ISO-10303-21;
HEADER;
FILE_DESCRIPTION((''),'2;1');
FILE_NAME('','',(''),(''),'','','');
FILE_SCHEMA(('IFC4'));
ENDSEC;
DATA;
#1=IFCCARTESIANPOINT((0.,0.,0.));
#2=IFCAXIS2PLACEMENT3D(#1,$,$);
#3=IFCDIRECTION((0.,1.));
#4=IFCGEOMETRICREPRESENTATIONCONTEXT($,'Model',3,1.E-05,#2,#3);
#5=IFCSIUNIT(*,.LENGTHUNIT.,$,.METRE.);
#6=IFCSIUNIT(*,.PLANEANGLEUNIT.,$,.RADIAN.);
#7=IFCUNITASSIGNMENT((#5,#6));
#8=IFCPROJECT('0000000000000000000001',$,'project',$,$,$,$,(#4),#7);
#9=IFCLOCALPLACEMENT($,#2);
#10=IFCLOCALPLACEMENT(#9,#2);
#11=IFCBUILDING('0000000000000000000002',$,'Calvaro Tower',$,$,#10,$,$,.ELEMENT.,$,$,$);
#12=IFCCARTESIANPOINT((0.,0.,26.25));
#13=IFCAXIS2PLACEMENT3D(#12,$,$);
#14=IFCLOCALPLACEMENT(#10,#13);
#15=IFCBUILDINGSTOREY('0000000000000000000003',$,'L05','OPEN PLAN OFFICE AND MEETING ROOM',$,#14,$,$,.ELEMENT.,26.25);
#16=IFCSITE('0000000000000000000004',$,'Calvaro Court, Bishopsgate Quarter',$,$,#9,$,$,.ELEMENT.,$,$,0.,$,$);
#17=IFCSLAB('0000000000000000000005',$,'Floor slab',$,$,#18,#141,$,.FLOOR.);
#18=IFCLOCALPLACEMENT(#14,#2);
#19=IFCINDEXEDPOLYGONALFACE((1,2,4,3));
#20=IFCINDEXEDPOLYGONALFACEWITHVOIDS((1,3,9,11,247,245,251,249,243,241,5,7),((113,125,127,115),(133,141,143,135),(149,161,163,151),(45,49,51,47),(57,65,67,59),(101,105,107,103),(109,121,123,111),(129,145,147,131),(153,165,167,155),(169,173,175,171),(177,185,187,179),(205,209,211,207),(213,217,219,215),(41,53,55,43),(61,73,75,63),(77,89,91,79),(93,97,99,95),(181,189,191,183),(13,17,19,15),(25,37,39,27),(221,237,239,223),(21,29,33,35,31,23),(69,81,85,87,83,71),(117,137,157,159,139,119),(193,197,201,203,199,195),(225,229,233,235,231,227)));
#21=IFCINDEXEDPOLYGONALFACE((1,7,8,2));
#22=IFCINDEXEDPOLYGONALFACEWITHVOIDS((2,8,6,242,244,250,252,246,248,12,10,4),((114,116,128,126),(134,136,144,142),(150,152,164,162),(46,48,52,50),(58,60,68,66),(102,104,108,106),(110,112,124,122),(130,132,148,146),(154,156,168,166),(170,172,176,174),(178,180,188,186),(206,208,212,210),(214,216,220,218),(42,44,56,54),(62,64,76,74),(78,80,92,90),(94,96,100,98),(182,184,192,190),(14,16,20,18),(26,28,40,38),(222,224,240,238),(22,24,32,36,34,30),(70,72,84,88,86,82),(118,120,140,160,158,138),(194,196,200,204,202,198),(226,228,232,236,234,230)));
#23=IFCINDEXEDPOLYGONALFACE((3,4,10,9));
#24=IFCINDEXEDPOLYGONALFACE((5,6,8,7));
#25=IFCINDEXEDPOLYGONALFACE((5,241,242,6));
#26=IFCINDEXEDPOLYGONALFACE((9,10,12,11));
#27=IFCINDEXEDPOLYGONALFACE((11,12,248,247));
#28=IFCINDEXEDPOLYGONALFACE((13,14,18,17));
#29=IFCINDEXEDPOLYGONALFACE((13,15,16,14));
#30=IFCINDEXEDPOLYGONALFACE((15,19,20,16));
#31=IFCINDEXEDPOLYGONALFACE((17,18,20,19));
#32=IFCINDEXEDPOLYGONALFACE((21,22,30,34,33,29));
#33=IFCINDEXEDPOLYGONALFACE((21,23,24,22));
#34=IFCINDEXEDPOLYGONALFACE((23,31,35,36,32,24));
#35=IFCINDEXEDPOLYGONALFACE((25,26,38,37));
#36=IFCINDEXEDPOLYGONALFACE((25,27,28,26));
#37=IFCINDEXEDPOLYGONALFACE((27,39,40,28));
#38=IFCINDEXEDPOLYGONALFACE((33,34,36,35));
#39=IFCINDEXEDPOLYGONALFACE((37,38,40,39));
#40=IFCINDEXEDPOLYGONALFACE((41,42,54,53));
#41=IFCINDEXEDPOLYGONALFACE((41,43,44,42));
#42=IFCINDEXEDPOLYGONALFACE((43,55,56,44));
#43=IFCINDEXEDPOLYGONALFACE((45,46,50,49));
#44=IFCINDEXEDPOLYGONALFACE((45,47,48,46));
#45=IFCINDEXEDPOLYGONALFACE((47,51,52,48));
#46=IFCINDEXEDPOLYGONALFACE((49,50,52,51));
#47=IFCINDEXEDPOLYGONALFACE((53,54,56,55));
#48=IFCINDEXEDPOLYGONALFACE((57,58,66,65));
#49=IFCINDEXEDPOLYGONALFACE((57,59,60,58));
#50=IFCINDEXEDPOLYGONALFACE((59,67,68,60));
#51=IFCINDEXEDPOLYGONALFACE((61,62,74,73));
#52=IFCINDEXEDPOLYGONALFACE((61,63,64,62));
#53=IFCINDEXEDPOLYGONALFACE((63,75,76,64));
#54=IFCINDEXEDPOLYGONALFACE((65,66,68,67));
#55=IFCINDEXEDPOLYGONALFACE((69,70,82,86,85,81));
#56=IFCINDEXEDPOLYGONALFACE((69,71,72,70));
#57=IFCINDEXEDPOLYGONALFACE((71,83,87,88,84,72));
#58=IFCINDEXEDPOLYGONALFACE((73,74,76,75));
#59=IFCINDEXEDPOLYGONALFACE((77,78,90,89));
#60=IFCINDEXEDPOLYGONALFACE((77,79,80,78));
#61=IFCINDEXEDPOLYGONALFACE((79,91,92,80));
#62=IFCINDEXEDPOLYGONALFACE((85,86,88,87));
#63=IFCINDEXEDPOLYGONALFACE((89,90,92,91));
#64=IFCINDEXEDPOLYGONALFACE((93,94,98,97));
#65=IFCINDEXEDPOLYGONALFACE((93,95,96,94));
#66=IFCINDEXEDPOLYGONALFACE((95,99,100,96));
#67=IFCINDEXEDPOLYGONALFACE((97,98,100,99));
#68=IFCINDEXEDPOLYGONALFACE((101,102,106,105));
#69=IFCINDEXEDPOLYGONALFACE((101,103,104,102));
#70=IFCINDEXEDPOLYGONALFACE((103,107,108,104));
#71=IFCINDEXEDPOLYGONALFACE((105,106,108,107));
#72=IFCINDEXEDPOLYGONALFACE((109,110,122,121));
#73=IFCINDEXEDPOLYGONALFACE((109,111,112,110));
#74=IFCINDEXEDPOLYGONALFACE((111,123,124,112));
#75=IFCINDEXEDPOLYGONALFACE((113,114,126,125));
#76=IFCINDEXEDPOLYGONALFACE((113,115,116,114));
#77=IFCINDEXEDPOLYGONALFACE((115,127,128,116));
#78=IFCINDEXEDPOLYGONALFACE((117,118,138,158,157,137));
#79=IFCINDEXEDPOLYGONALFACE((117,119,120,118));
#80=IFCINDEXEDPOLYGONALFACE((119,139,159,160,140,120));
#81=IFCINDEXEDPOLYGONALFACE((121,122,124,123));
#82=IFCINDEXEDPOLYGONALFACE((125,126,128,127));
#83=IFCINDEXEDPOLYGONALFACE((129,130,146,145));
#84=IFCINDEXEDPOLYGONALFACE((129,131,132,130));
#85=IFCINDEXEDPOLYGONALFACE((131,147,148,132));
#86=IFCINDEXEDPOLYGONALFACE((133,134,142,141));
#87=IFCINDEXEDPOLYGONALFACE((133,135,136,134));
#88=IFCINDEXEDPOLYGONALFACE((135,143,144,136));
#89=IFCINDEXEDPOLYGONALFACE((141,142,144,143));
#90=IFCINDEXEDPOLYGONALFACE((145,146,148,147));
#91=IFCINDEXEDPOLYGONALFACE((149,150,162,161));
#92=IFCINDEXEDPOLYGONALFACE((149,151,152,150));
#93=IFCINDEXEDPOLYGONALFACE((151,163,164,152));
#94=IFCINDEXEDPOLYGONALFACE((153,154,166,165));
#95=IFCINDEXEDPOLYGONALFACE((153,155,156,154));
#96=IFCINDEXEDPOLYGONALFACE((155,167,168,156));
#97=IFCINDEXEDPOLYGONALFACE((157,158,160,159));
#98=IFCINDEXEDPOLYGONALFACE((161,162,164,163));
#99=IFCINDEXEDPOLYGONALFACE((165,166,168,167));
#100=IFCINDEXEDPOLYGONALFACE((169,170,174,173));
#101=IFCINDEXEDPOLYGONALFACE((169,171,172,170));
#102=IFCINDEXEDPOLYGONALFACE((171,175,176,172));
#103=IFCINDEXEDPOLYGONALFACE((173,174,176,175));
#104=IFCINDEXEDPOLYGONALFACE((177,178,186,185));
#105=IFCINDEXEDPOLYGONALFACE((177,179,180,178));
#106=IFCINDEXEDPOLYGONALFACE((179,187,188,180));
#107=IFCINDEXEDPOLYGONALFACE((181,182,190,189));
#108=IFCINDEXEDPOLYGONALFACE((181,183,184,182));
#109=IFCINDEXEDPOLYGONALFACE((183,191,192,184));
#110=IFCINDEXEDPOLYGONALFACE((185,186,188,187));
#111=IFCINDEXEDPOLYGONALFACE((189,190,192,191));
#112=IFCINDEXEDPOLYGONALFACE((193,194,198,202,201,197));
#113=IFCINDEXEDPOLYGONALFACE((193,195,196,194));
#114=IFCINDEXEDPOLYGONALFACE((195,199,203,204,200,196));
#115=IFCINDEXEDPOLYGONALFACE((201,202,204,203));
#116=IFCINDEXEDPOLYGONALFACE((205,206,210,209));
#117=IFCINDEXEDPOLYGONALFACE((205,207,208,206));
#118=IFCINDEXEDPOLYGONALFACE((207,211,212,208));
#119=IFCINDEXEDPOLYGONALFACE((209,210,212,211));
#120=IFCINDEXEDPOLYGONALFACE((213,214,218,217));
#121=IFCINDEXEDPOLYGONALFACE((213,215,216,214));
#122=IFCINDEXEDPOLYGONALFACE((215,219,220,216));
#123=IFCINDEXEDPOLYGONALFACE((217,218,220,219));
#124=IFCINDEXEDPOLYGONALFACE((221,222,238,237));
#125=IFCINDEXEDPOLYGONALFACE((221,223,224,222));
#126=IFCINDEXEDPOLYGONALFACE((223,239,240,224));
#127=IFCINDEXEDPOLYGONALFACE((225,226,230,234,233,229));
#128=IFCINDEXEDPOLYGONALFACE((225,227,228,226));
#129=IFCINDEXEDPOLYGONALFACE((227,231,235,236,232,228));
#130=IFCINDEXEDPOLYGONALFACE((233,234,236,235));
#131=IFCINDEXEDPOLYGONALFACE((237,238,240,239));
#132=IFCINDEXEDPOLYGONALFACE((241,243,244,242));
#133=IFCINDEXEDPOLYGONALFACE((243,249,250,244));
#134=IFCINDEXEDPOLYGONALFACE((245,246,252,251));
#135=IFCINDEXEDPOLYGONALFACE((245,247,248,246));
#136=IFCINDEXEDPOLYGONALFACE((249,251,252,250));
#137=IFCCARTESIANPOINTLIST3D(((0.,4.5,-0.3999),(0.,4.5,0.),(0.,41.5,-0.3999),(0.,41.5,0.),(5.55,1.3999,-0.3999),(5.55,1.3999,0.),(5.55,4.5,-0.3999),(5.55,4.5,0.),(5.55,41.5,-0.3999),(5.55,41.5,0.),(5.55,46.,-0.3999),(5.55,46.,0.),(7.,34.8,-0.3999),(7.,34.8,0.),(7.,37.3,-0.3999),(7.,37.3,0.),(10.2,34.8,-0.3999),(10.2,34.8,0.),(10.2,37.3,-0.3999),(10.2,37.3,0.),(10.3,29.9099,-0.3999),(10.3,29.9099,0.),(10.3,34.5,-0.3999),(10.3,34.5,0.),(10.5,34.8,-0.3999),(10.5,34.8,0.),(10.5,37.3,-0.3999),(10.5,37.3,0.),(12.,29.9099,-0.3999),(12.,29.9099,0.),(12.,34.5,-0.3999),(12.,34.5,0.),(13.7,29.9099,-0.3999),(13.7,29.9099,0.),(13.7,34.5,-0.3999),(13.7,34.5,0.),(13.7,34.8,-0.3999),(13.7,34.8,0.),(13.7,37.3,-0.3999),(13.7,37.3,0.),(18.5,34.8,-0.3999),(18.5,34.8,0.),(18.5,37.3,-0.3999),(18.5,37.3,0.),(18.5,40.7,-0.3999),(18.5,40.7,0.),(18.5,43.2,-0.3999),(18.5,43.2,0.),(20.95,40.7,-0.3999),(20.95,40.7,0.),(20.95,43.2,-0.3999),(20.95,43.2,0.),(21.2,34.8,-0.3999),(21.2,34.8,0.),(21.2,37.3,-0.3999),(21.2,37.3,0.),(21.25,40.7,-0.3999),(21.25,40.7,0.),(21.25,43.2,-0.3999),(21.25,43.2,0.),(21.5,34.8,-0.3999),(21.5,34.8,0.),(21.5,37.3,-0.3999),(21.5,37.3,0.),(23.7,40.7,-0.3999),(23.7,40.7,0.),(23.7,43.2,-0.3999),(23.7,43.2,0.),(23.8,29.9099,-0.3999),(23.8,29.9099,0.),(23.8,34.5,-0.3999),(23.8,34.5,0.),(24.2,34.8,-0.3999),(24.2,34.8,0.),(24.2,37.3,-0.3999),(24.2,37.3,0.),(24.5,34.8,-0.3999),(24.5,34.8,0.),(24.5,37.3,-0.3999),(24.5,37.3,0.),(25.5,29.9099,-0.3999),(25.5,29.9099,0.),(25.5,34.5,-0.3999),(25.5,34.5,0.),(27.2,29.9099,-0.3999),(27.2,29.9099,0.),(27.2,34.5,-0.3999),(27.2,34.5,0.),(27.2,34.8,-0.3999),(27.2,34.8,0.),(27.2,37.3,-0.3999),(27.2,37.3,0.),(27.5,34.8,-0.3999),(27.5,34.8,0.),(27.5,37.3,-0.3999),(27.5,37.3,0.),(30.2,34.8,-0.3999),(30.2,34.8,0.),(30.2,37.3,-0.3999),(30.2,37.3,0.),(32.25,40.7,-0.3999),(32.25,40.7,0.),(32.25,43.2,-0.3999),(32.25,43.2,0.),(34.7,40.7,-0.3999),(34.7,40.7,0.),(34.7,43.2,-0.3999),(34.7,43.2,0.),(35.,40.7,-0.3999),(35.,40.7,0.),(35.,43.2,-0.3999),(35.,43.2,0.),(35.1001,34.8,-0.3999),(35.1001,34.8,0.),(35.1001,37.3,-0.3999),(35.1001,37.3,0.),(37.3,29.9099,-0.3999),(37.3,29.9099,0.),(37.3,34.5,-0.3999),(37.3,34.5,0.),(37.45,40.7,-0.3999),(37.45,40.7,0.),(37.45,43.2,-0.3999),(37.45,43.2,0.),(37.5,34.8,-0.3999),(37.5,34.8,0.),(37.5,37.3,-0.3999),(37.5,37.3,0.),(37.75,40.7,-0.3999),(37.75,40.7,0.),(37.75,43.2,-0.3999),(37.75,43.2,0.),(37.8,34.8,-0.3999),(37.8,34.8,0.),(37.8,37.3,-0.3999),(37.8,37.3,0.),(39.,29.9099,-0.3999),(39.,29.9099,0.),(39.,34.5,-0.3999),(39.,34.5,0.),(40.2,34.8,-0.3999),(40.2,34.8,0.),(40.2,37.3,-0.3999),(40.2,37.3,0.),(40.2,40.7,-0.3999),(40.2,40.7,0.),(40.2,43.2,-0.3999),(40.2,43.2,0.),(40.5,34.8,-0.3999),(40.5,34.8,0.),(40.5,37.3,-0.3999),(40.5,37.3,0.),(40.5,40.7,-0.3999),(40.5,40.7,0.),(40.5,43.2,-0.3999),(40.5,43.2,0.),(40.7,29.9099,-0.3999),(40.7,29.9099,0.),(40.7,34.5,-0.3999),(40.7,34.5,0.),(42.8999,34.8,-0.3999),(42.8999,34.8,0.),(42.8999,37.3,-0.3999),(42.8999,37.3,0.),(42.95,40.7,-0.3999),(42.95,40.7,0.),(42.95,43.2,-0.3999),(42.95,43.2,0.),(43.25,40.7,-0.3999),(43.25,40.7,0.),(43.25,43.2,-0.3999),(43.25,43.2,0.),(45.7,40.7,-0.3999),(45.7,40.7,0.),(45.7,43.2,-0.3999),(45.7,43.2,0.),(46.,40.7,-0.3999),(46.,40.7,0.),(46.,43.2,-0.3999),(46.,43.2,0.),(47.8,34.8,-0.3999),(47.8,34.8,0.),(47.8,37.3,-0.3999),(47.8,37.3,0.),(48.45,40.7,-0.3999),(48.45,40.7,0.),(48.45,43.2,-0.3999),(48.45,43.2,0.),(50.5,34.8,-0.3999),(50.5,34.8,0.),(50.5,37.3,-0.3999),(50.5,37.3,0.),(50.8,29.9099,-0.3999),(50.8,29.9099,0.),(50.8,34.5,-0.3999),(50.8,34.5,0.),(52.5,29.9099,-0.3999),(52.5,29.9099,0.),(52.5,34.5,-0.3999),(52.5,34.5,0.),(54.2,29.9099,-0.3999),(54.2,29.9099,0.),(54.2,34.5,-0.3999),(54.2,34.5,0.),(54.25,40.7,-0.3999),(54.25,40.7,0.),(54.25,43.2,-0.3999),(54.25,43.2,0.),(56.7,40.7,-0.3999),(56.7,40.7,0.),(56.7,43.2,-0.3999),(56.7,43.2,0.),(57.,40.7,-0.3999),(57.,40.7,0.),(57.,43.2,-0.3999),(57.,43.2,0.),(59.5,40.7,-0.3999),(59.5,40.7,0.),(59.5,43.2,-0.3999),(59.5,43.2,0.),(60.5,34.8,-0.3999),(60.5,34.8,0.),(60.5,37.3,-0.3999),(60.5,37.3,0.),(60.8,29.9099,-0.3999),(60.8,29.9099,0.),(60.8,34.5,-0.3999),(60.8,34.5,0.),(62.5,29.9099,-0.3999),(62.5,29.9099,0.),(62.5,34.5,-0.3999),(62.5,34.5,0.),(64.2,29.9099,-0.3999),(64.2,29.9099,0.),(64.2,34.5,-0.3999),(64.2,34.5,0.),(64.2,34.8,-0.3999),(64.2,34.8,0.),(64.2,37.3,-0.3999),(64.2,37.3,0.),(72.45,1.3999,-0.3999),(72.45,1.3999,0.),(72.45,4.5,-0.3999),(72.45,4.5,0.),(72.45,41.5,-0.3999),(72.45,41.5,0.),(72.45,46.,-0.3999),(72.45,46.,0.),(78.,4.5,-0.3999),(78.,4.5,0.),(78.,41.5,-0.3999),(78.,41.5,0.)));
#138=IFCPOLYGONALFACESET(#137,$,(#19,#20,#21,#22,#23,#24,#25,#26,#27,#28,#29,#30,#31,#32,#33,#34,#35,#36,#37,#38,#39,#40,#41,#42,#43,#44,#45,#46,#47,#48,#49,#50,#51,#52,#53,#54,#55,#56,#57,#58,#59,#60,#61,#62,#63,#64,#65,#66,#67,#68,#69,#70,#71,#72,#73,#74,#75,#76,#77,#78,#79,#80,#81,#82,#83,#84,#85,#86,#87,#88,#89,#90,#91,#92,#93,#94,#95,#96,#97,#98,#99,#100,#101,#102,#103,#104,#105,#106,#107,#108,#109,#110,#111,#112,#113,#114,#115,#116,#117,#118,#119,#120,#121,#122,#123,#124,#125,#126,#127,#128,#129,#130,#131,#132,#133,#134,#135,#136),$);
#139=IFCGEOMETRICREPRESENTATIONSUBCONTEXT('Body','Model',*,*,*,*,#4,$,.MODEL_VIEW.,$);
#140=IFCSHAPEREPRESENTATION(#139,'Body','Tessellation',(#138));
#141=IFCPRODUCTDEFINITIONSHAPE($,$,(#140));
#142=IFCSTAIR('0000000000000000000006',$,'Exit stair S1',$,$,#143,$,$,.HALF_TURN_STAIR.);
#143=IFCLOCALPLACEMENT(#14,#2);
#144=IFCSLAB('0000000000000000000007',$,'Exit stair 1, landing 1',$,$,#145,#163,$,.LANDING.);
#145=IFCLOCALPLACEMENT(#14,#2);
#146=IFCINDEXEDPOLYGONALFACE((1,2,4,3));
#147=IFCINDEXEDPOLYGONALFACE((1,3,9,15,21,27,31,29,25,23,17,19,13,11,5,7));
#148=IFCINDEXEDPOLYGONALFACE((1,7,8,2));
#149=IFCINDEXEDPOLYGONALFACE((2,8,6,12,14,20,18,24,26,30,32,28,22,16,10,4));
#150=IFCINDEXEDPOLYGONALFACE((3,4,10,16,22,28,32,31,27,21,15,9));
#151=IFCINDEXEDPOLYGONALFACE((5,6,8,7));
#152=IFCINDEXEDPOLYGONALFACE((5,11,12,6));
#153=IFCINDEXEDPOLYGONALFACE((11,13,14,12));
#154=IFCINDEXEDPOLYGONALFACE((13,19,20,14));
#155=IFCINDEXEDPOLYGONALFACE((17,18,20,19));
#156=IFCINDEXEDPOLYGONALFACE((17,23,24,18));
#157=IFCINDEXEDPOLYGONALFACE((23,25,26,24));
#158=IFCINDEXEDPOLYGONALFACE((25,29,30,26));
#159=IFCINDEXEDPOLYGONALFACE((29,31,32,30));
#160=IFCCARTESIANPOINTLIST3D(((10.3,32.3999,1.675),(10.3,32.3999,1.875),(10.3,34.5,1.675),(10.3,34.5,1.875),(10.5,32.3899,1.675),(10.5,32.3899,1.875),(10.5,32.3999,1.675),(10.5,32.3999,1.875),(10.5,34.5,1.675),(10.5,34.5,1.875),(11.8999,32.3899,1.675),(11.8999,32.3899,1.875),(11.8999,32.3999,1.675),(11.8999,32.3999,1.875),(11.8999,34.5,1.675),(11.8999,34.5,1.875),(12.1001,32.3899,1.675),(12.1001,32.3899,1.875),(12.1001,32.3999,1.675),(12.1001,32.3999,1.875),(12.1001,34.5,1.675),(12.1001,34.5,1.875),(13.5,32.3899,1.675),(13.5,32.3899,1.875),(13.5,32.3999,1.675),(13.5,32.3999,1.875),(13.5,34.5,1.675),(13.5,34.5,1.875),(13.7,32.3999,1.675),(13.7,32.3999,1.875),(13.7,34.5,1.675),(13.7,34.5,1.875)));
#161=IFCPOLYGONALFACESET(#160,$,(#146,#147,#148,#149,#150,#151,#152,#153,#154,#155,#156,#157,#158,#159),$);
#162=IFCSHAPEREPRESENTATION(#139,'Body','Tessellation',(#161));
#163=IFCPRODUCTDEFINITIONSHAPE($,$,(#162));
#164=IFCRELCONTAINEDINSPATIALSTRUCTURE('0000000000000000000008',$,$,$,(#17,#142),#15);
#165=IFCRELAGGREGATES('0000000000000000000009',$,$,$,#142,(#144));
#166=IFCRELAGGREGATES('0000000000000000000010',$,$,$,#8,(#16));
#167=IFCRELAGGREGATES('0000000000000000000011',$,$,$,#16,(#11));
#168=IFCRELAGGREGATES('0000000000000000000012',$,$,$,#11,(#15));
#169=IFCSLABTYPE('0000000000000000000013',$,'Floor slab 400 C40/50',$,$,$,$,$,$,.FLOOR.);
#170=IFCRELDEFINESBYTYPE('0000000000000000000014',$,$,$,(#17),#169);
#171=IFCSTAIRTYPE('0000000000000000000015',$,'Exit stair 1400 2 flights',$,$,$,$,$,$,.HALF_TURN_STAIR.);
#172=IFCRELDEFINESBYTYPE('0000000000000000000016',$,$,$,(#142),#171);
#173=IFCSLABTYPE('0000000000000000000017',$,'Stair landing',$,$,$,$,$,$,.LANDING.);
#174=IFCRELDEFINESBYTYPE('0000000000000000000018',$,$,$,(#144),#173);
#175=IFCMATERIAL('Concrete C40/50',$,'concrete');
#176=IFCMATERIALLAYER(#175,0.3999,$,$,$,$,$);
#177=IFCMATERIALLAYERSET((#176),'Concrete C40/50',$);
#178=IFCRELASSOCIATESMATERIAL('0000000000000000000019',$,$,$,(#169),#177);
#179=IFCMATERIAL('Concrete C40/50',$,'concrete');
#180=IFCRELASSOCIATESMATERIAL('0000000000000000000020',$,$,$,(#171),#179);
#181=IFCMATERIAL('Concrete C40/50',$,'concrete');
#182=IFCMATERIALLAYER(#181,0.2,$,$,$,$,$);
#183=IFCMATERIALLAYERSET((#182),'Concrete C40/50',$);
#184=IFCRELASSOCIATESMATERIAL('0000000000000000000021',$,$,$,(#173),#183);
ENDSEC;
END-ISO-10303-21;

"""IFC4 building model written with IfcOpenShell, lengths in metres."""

from ifc_helpers import new_model, si_unit, direction, frame, origin, place, context, subcontext, project, spatial, polyline, outline, extrude, material, layer, layer_set, type_object, element, aggregate, save


model = new_model("IFC4")

# Units and contexts
model_context = context("Model", 3, precision=1e-05, world=origin(), true_north=direction((0.0, 1.0)))
body_context = subcontext(model_context, "Body", "Model", "MODEL_VIEW")
ifc_project = project(units=[si_unit("LENGTHUNIT", "METRE"), si_unit("PLANEANGLEUNIT", "RADIAN")], contexts=[model_context])

# Site, building, storey
site_placement = place(None, origin())
site = spatial("IfcSite", under=ifc_project, at=site_placement, Name="Calvaro Court, Bishopsgate Quarter", CompositionType="ELEMENT", RefElevation=0.0)
building_placement = place(site_placement, origin())
building = spatial("IfcBuilding", under=site, at=building_placement, Name="Calvaro Tower", CompositionType="ELEMENT")
storey_placement = place(building_placement, frame((0.0, 0.0, 26.25)))
storey = spatial("IfcBuildingStorey", under=building, at=storey_placement, Name="L05", Description="OPEN PLAN OFFICE AND MEETING ROOM", CompositionType="ELEMENT", Elevation=26.25)

# Slab
ifc_material_1 = material(Name="Concrete C40/50", Category="concrete")
ifc_layer_1 = layer(ifc_material_1, 0.3999)
ifc_layer_set_1 = layer_set([ifc_layer_1], Name="Concrete C40/50")
slab_type_1 = type_object("IfcSlabType", Name="Floor slab 400 C40/50", PredefinedType="FLOOR", material=ifc_layer_set_1)
slab_1_placement = place(storey_placement, frame((0.0, 0.0, -0.3999)))
element("IfcSlab", 1, at=slab_1_placement, inside=storey, type_object=slab_type_1, Name="Floor slab", PredefinedType="FLOOR", context=body_context, shape_type="SweptSolid", body=[
    extrude(outline(polyline([(72.45, 4.5), (72.45, 1.3999), (5.55, 1.3999), (5.55, 4.5), (0.0, 4.5), (0.0, 41.5), (5.55, 41.5), (5.55, 46.0), (72.45, 46.0), (72.45, 41.5), (78.0, 41.5), (78.0, 4.5), (72.45, 4.5)]), holes=[polyline([(10.3, 29.9099), (10.3, 34.5), (12.0, 34.5), (13.7, 34.5), (13.7, 29.9099), (12.0, 29.9099), (10.3, 29.9099)]), polyline([(23.8, 29.9099), (23.8, 34.5), (25.5, 34.5), (27.2, 34.5), (27.2, 29.9099), (25.5, 29.9099), (23.8, 29.9099)]), polyline([(37.3, 29.9099), (37.3, 34.5), (39.0, 34.5), (40.7, 34.5), (40.7, 29.9099), (39.0, 29.9099), (37.3, 29.9099)]), polyline([(50.8, 29.9099), (50.8, 34.5), (52.5, 34.5), (54.2, 34.5), (54.2, 29.9099), (52.5, 29.9099), (50.8, 29.9099)]), polyline([(60.8, 29.9099), (60.8, 34.5), (62.5, 34.5), (64.2, 34.5), (64.2, 29.9099), (62.5, 29.9099), (60.8, 29.9099)]), polyline([(18.5, 34.8), (21.2, 34.8), (21.2, 37.3), (18.5, 37.3), (18.5, 34.8)]), polyline([(21.5, 34.8), (24.2, 34.8), (24.2, 37.3), (21.5, 37.3), (21.5, 34.8)]), polyline([(24.5, 34.8), (27.2, 34.8), (27.2, 37.3), (24.5, 37.3), (24.5, 34.8)]), polyline([(35.1001, 34.8), (37.5, 34.8), (37.5, 37.3), (35.1001, 37.3), (35.1001, 34.8)]), polyline([(37.8, 34.8), (40.2, 34.8), (40.2, 37.3), (37.8, 37.3), (37.8, 34.8)]), polyline([(40.5, 34.8), (42.8999, 34.8), (42.8999, 37.3), (40.5, 37.3), (40.5, 34.8)]), polyline([(18.5, 40.7), (20.95, 40.7), (20.95, 43.2), (18.5, 43.2), (18.5, 40.7)]), polyline([(21.25, 40.7), (23.7, 40.7), (23.7, 43.2), (21.25, 43.2), (21.25, 40.7)]), polyline([(32.25, 40.7), (34.7, 40.7), (34.7, 43.2), (32.25, 43.2), (32.25, 40.7)]), polyline([(35.0, 40.7), (37.45, 40.7), (37.45, 43.2), (35.0, 43.2), (35.0, 40.7)]), polyline([(37.75, 40.7), (40.2, 40.7), (40.2, 43.2), (37.75, 43.2), (37.75, 40.7)]), polyline([(40.5, 40.7), (42.95, 40.7), (42.95, 43.2), (40.5, 43.2), (40.5, 40.7)]), polyline([(43.25, 40.7), (45.7, 40.7), (45.7, 43.2), (43.25, 43.2), (43.25, 40.7)]), polyline([(46.0, 40.7), (48.45, 40.7), (48.45, 43.2), (46.0, 43.2), (46.0, 40.7)]), polyline([(54.25, 40.7), (56.7, 40.7), (56.7, 43.2), (54.25, 43.2), (54.25, 40.7)]), polyline([(57.0, 40.7), (59.5, 40.7), (59.5, 43.2), (57.0, 43.2), (57.0, 40.7)]), polyline([(7.0, 34.8), (10.2, 34.8), (10.2, 37.3), (7.0, 37.3), (7.0, 34.8)]), polyline([(10.5, 34.8), (13.7, 34.8), (13.7, 37.3), (10.5, 37.3), (10.5, 34.8)]), polyline([(60.5, 34.8), (64.2, 34.8), (64.2, 37.3), (60.5, 37.3), (60.5, 34.8)]), polyline([(27.5, 34.8), (30.2, 34.8), (30.2, 37.3), (27.5, 37.3), (27.5, 34.8)]), polyline([(47.8, 34.8), (50.5, 34.8), (50.5, 37.3), (47.8, 37.3), (47.8, 34.8)])]), origin(), (0.0, 0.0, 1.0), 0.3999),
])

# Stair, slab
ifc_material_2 = material(Name="Concrete C40/50", Category="concrete")
stair_type = type_object("IfcStairType", Name="Exit stair 1400 2 flights", PredefinedType="HALF_TURN_STAIR", material=ifc_material_2)
stair_1_placement = place(storey_placement, origin())
stair_1 = element("IfcStair", 2, at=stair_1_placement, inside=storey, type_object=stair_type, Name="Exit stair S1", PredefinedType="HALF_TURN_STAIR")
ifc_material_3 = material(Name="Concrete C40/50", Category="concrete")
ifc_layer_2 = layer(ifc_material_3, 0.2)
ifc_layer_set_2 = layer_set([ifc_layer_2], Name="Concrete C40/50")
slab_type_2 = type_object("IfcSlabType", Name="Stair landing", PredefinedType="LANDING", material=ifc_layer_set_2)
slab_2_placement = place(storey_placement, frame((0.0, 0.0, 1.675)))
slab_2 = element("IfcSlab", 3, at=slab_2_placement, type_object=slab_type_2, Name="Exit stair 1, landing 1", PredefinedType="LANDING", context=body_context, shape_type="SweptSolid", body=[
    extrude(outline(polyline([(11.8999, 32.3899), (10.5, 32.3899), (10.5, 32.3999), (10.3, 32.3999), (10.3, 34.5), (10.5, 34.5), (11.8999, 34.5), (12.1001, 34.5), (13.5, 34.5), (13.7, 34.5), (13.7, 32.3999), (13.5, 32.3999), (13.5, 32.3899), (12.1001, 32.3899), (12.1001, 32.3999), (11.8999, 32.3999), (11.8999, 32.3899)])), origin(), (0.0, 0.0, 1.0), 0.2),
])
aggregate(stair_1, [slab_2])

save(model, "model.ifc")
